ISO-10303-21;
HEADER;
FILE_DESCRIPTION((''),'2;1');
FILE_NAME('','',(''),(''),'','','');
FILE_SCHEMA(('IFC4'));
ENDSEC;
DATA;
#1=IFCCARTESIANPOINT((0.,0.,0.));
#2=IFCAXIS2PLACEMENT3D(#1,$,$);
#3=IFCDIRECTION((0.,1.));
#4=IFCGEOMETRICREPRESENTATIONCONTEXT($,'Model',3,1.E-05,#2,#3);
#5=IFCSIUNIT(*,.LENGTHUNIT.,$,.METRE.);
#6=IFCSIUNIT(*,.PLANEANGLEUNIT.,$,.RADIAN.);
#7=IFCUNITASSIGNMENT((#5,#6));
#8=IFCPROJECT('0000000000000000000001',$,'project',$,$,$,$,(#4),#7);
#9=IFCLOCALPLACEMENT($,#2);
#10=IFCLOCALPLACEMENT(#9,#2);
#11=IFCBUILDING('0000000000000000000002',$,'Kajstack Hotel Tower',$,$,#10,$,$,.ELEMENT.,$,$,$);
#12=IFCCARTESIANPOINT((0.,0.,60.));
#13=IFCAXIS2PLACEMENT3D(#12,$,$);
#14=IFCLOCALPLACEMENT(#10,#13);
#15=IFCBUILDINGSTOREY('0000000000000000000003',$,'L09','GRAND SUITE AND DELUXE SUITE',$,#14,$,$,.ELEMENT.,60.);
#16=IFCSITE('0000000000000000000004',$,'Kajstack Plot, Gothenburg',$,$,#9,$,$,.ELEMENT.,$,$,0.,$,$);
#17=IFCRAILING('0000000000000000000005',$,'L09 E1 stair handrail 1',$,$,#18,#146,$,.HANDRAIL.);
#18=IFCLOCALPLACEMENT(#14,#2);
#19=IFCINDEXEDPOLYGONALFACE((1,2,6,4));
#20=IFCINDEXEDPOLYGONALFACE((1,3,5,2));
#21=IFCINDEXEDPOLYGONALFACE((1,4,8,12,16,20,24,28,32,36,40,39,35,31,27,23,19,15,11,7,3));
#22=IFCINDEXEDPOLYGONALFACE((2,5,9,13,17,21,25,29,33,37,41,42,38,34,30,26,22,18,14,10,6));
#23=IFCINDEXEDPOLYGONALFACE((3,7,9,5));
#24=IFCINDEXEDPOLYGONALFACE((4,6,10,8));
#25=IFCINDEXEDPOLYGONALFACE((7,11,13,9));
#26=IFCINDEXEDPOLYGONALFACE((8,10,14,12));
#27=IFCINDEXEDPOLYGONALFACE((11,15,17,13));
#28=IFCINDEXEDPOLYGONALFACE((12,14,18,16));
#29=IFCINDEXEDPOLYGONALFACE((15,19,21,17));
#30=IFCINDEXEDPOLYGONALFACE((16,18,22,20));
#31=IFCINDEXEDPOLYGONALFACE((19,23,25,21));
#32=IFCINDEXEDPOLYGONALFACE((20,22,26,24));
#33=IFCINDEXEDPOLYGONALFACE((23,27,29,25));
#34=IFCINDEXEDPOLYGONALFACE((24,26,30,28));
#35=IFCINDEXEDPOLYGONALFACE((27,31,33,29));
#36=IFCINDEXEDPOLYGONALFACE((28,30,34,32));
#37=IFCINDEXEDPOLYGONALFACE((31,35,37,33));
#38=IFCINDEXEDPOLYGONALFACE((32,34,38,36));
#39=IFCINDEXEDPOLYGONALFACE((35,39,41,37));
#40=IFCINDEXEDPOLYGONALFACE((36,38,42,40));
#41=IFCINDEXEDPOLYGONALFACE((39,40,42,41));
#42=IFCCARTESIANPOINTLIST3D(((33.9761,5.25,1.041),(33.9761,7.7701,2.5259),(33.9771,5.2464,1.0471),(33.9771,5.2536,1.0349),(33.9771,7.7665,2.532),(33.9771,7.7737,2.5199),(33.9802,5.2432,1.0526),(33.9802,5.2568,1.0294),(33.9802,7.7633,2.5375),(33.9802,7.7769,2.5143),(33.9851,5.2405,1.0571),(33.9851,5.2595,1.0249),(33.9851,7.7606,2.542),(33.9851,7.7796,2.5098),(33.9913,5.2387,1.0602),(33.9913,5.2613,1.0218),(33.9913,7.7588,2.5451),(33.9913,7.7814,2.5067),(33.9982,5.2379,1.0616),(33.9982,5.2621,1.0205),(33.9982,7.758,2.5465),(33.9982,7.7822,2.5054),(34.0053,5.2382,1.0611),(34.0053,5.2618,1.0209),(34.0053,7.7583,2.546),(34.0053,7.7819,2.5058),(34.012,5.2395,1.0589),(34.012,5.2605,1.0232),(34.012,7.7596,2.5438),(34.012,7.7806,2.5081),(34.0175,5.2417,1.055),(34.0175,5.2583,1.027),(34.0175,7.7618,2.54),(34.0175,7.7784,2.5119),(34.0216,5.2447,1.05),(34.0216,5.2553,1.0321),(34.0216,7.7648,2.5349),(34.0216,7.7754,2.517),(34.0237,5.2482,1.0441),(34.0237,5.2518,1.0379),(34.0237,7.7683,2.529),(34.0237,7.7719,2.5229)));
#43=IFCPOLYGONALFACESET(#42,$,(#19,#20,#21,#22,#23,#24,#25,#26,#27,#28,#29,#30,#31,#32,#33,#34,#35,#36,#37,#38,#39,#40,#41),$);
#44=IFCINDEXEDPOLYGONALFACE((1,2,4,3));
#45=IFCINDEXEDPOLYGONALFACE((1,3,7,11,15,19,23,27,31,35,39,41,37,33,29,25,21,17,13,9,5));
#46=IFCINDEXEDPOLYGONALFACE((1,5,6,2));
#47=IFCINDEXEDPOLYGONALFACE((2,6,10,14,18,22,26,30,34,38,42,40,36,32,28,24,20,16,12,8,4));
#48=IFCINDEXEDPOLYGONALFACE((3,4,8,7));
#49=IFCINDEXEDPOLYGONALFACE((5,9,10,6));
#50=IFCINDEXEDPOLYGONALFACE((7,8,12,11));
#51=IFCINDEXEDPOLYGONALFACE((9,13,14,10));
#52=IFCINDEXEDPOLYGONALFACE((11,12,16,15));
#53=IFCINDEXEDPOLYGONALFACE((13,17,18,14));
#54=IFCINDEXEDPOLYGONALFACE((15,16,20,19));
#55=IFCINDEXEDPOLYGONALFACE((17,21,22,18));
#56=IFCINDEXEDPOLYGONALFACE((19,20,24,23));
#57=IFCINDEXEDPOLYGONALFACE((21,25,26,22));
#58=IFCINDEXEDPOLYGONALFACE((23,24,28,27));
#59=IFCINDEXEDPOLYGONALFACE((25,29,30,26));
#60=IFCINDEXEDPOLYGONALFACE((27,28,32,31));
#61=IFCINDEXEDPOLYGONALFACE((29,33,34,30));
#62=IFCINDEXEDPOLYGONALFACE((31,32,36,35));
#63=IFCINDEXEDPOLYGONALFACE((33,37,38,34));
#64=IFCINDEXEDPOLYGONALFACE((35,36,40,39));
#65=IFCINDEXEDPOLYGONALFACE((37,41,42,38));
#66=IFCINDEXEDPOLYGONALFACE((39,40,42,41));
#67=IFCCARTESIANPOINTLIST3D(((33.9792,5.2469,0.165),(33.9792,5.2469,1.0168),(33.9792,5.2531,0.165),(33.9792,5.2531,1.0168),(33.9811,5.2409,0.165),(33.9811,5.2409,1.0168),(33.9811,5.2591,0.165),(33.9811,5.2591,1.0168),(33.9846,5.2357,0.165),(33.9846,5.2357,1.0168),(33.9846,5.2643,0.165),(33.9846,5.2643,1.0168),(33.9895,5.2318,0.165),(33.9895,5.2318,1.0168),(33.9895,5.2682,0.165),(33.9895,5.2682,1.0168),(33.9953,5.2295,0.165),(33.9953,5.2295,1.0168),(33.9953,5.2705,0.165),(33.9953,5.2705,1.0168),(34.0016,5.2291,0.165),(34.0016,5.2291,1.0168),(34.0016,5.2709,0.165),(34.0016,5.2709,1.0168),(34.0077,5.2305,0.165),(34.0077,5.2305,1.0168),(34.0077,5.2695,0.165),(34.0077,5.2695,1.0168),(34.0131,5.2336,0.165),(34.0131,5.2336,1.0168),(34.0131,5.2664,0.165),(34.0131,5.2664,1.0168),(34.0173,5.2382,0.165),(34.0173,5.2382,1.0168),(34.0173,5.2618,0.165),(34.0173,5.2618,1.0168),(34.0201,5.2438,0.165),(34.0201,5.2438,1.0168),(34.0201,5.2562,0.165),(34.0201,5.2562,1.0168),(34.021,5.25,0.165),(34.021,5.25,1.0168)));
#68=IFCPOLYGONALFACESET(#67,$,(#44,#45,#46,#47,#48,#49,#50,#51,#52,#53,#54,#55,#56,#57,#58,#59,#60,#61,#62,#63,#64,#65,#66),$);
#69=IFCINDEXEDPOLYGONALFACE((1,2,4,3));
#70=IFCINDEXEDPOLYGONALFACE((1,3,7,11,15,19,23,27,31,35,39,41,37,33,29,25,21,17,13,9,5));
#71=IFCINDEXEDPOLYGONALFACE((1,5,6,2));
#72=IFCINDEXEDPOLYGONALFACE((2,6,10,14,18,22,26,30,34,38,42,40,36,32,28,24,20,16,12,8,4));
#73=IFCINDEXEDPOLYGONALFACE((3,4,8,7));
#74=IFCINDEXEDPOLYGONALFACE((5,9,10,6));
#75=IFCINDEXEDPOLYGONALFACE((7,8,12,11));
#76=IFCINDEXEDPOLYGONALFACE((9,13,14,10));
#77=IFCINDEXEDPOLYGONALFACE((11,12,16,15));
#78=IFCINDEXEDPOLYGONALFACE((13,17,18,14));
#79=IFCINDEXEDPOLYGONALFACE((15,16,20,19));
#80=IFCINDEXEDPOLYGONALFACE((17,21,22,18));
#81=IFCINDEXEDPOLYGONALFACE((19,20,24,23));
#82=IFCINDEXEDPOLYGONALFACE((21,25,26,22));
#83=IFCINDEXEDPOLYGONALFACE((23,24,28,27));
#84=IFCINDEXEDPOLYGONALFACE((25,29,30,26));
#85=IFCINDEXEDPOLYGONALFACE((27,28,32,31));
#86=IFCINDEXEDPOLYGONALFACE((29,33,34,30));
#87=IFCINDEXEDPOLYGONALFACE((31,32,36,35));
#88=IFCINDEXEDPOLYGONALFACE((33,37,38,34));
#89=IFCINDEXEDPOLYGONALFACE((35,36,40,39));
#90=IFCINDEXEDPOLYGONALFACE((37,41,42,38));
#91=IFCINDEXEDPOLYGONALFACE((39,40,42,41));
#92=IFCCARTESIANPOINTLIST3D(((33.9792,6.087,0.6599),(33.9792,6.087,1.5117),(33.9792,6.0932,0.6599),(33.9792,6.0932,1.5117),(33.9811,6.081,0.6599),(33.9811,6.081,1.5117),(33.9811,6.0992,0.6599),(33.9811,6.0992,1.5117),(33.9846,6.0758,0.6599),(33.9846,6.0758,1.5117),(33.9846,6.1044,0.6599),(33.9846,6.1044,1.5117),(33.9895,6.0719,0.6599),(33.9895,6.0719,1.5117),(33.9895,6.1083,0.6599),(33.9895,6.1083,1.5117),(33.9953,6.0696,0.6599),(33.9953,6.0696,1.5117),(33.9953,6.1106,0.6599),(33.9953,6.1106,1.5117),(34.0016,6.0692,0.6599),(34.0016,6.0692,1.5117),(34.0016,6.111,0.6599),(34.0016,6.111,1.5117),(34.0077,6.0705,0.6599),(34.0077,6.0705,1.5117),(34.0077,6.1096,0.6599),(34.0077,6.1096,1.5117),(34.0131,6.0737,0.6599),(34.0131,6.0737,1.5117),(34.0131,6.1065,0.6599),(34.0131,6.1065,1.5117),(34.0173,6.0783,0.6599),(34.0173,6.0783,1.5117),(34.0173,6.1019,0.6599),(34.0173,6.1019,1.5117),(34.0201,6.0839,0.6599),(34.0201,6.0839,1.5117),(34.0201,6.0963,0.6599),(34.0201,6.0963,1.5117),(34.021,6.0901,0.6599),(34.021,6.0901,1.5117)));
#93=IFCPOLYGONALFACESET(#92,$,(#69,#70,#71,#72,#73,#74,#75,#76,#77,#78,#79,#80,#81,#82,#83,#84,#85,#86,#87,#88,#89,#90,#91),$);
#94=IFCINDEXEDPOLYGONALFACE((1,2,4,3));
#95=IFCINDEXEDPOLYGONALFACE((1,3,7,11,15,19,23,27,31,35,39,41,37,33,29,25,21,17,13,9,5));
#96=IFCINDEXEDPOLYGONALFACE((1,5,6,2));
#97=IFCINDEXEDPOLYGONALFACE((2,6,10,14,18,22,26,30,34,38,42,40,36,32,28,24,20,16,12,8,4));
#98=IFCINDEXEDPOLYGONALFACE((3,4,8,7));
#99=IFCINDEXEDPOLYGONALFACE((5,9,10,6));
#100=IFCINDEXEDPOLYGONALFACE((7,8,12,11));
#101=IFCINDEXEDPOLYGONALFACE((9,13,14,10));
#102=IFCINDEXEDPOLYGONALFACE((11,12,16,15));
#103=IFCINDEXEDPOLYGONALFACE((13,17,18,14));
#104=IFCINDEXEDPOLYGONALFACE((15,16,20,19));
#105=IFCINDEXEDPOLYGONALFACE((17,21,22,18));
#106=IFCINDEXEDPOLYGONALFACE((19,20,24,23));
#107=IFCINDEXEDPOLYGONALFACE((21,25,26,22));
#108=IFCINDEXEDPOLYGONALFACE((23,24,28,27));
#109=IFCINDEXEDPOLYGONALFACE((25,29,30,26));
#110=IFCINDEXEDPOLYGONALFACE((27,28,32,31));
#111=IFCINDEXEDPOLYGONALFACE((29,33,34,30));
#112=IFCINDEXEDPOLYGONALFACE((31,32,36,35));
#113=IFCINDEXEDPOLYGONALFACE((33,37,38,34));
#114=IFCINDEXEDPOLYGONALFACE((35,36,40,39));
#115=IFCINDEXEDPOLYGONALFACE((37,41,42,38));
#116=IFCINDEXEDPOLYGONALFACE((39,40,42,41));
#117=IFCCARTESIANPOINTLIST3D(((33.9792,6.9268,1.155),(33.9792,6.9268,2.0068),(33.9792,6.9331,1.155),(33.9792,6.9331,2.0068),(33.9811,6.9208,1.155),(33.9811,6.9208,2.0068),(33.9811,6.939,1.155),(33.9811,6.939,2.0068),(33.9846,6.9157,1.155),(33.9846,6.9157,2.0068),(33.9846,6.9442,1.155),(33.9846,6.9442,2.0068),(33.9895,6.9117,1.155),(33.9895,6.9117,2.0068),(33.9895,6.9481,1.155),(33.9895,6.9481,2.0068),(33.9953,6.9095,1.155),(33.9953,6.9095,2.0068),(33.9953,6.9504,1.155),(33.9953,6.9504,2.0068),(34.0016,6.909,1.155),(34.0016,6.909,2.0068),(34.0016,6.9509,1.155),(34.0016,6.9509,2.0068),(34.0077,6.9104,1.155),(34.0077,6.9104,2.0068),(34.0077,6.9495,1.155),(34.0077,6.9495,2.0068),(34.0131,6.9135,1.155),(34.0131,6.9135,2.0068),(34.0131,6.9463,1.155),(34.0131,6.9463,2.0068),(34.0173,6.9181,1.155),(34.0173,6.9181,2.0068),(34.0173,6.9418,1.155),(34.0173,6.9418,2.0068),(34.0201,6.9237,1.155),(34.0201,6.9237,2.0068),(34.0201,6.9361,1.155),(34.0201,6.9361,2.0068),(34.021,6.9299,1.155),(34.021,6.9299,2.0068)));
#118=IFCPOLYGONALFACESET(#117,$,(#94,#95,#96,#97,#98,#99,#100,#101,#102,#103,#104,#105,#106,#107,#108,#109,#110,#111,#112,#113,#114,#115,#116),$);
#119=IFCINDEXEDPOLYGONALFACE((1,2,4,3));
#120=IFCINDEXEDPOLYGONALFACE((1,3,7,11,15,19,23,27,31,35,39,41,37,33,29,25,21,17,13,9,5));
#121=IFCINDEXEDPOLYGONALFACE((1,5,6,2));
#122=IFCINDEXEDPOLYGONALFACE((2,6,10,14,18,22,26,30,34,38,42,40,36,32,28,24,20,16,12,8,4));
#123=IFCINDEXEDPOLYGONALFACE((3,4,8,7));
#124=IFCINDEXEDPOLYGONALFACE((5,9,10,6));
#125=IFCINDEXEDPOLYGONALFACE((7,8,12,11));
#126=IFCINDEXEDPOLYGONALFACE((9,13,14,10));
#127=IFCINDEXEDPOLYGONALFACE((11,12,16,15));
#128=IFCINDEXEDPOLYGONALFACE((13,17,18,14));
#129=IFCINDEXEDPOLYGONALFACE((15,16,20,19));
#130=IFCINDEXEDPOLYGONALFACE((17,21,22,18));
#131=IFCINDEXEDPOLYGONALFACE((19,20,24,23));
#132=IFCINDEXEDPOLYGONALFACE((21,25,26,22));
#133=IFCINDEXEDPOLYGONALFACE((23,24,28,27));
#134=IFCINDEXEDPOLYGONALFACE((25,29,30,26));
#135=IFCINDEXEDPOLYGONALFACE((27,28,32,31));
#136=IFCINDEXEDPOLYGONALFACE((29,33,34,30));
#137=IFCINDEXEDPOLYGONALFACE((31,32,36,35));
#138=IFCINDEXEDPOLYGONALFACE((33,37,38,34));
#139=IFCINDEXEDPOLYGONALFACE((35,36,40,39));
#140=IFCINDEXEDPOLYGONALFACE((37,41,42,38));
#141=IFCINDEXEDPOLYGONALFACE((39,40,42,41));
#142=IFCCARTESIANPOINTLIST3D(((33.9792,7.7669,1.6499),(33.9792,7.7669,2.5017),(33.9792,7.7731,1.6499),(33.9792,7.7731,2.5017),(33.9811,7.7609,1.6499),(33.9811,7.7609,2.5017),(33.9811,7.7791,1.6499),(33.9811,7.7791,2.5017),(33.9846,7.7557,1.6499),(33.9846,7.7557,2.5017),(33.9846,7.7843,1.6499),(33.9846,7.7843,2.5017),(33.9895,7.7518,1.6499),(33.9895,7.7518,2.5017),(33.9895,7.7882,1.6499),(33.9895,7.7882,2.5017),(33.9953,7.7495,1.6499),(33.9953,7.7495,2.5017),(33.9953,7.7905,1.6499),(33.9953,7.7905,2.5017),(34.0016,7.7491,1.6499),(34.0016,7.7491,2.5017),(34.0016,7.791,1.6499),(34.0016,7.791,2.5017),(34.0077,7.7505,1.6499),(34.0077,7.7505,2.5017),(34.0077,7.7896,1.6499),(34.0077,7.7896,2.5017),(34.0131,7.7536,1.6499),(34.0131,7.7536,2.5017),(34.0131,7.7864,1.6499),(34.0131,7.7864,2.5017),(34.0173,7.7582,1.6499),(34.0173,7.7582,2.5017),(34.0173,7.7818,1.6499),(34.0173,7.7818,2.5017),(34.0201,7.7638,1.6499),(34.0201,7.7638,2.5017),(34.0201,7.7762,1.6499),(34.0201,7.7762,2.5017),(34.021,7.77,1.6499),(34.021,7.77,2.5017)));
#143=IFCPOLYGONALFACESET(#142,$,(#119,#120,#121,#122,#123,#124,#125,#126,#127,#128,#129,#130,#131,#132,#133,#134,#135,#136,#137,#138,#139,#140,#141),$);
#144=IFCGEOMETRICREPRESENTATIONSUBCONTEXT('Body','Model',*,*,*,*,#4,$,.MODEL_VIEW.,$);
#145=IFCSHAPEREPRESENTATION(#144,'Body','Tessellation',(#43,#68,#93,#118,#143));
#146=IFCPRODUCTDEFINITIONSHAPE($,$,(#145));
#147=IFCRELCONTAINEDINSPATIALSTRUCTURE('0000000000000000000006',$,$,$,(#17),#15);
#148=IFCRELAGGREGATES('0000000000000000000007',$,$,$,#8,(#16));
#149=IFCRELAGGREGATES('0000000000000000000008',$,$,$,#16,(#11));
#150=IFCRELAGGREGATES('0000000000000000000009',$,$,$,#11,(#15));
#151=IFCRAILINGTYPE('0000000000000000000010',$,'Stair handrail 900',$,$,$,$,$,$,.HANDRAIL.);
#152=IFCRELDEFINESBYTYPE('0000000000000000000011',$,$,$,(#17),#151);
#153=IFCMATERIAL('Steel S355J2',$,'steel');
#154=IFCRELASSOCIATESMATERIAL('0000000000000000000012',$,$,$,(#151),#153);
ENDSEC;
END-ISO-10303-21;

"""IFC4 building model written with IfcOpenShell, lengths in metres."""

from ifc_helpers import new_model, si_unit, direction, frame, origin, origin_2d, place, context, subcontext, project, spatial, circle, extrude, material, type_object, element, save


model = new_model("IFC4")

# Units and contexts
model_context = context("Model", 3, precision=1e-05, world=origin(), true_north=direction((0.0, 1.0)))
body_context = subcontext(model_context, "Body", "Model", "MODEL_VIEW")
ifc_project = project(units=[si_unit("LENGTHUNIT", "METRE"), si_unit("PLANEANGLEUNIT", "RADIAN")], contexts=[model_context])

# Site, building, storey
site_placement = place(None, origin())
site = spatial("IfcSite", under=ifc_project, at=site_placement, Name="Kajstack Plot, Gothenburg", CompositionType="ELEMENT", RefElevation=0.0)
building_placement = place(site_placement, origin())
building = spatial("IfcBuilding", under=site, at=building_placement, Name="Kajstack Hotel Tower", CompositionType="ELEMENT")
storey_placement = place(building_placement, frame((0.0, 0.0, 60.0)))
storey = spatial("IfcBuildingStorey", under=building, at=storey_placement, Name="L09", Description="GRAND SUITE AND DELUXE SUITE", CompositionType="ELEMENT", Elevation=60.0)

# Railing
ifc_material_1 = material(Name="Steel S355J2", Category="steel")
railing_type_1 = type_object("IfcRailingType", Name="Stair handrail 900", PredefinedType="HANDRAIL", material=ifc_material_1)
railing_1_placement = place(storey_placement, frame((34.0, 5.25, 0.165)))
element("IfcRailing", 1, at=railing_1_placement, inside=storey, type_object=railing_type_1, Name="L09 E1 stair handrail 1", PredefinedType="HANDRAIL", context=body_context, shape_type="SweptSolid", body=[
    extrude(circle(Radius=0.0239, at=origin_2d()), frame((0.0, 0.0, 0.876), z_axis=(0.0, 0.861561, 0.507655), x_axis=(-1.0, 0.0, 0.0)), (0.0, 0.0, 1.0), 2.925),
    extrude(circle(Radius=0.021, at=origin_2d()), origin(), (0.0, 0.0, 1.0), 0.8518),
    extrude(circle(Radius=0.021, at=origin_2d()), frame((0.0, 0.8401, 0.4949)), (0.0, 0.0, 1.0), 0.8518),
    extrude(circle(Radius=0.021, at=origin_2d()), frame((0.0, 1.6799, 0.99)), (0.0, 0.0, 1.0), 0.8518),
    extrude(circle(Radius=0.021, at=origin_2d()), frame((0.0, 2.52, 1.4849)), (0.0, 0.0, 1.0), 0.8518),
])

save(model, "model.ifc")
